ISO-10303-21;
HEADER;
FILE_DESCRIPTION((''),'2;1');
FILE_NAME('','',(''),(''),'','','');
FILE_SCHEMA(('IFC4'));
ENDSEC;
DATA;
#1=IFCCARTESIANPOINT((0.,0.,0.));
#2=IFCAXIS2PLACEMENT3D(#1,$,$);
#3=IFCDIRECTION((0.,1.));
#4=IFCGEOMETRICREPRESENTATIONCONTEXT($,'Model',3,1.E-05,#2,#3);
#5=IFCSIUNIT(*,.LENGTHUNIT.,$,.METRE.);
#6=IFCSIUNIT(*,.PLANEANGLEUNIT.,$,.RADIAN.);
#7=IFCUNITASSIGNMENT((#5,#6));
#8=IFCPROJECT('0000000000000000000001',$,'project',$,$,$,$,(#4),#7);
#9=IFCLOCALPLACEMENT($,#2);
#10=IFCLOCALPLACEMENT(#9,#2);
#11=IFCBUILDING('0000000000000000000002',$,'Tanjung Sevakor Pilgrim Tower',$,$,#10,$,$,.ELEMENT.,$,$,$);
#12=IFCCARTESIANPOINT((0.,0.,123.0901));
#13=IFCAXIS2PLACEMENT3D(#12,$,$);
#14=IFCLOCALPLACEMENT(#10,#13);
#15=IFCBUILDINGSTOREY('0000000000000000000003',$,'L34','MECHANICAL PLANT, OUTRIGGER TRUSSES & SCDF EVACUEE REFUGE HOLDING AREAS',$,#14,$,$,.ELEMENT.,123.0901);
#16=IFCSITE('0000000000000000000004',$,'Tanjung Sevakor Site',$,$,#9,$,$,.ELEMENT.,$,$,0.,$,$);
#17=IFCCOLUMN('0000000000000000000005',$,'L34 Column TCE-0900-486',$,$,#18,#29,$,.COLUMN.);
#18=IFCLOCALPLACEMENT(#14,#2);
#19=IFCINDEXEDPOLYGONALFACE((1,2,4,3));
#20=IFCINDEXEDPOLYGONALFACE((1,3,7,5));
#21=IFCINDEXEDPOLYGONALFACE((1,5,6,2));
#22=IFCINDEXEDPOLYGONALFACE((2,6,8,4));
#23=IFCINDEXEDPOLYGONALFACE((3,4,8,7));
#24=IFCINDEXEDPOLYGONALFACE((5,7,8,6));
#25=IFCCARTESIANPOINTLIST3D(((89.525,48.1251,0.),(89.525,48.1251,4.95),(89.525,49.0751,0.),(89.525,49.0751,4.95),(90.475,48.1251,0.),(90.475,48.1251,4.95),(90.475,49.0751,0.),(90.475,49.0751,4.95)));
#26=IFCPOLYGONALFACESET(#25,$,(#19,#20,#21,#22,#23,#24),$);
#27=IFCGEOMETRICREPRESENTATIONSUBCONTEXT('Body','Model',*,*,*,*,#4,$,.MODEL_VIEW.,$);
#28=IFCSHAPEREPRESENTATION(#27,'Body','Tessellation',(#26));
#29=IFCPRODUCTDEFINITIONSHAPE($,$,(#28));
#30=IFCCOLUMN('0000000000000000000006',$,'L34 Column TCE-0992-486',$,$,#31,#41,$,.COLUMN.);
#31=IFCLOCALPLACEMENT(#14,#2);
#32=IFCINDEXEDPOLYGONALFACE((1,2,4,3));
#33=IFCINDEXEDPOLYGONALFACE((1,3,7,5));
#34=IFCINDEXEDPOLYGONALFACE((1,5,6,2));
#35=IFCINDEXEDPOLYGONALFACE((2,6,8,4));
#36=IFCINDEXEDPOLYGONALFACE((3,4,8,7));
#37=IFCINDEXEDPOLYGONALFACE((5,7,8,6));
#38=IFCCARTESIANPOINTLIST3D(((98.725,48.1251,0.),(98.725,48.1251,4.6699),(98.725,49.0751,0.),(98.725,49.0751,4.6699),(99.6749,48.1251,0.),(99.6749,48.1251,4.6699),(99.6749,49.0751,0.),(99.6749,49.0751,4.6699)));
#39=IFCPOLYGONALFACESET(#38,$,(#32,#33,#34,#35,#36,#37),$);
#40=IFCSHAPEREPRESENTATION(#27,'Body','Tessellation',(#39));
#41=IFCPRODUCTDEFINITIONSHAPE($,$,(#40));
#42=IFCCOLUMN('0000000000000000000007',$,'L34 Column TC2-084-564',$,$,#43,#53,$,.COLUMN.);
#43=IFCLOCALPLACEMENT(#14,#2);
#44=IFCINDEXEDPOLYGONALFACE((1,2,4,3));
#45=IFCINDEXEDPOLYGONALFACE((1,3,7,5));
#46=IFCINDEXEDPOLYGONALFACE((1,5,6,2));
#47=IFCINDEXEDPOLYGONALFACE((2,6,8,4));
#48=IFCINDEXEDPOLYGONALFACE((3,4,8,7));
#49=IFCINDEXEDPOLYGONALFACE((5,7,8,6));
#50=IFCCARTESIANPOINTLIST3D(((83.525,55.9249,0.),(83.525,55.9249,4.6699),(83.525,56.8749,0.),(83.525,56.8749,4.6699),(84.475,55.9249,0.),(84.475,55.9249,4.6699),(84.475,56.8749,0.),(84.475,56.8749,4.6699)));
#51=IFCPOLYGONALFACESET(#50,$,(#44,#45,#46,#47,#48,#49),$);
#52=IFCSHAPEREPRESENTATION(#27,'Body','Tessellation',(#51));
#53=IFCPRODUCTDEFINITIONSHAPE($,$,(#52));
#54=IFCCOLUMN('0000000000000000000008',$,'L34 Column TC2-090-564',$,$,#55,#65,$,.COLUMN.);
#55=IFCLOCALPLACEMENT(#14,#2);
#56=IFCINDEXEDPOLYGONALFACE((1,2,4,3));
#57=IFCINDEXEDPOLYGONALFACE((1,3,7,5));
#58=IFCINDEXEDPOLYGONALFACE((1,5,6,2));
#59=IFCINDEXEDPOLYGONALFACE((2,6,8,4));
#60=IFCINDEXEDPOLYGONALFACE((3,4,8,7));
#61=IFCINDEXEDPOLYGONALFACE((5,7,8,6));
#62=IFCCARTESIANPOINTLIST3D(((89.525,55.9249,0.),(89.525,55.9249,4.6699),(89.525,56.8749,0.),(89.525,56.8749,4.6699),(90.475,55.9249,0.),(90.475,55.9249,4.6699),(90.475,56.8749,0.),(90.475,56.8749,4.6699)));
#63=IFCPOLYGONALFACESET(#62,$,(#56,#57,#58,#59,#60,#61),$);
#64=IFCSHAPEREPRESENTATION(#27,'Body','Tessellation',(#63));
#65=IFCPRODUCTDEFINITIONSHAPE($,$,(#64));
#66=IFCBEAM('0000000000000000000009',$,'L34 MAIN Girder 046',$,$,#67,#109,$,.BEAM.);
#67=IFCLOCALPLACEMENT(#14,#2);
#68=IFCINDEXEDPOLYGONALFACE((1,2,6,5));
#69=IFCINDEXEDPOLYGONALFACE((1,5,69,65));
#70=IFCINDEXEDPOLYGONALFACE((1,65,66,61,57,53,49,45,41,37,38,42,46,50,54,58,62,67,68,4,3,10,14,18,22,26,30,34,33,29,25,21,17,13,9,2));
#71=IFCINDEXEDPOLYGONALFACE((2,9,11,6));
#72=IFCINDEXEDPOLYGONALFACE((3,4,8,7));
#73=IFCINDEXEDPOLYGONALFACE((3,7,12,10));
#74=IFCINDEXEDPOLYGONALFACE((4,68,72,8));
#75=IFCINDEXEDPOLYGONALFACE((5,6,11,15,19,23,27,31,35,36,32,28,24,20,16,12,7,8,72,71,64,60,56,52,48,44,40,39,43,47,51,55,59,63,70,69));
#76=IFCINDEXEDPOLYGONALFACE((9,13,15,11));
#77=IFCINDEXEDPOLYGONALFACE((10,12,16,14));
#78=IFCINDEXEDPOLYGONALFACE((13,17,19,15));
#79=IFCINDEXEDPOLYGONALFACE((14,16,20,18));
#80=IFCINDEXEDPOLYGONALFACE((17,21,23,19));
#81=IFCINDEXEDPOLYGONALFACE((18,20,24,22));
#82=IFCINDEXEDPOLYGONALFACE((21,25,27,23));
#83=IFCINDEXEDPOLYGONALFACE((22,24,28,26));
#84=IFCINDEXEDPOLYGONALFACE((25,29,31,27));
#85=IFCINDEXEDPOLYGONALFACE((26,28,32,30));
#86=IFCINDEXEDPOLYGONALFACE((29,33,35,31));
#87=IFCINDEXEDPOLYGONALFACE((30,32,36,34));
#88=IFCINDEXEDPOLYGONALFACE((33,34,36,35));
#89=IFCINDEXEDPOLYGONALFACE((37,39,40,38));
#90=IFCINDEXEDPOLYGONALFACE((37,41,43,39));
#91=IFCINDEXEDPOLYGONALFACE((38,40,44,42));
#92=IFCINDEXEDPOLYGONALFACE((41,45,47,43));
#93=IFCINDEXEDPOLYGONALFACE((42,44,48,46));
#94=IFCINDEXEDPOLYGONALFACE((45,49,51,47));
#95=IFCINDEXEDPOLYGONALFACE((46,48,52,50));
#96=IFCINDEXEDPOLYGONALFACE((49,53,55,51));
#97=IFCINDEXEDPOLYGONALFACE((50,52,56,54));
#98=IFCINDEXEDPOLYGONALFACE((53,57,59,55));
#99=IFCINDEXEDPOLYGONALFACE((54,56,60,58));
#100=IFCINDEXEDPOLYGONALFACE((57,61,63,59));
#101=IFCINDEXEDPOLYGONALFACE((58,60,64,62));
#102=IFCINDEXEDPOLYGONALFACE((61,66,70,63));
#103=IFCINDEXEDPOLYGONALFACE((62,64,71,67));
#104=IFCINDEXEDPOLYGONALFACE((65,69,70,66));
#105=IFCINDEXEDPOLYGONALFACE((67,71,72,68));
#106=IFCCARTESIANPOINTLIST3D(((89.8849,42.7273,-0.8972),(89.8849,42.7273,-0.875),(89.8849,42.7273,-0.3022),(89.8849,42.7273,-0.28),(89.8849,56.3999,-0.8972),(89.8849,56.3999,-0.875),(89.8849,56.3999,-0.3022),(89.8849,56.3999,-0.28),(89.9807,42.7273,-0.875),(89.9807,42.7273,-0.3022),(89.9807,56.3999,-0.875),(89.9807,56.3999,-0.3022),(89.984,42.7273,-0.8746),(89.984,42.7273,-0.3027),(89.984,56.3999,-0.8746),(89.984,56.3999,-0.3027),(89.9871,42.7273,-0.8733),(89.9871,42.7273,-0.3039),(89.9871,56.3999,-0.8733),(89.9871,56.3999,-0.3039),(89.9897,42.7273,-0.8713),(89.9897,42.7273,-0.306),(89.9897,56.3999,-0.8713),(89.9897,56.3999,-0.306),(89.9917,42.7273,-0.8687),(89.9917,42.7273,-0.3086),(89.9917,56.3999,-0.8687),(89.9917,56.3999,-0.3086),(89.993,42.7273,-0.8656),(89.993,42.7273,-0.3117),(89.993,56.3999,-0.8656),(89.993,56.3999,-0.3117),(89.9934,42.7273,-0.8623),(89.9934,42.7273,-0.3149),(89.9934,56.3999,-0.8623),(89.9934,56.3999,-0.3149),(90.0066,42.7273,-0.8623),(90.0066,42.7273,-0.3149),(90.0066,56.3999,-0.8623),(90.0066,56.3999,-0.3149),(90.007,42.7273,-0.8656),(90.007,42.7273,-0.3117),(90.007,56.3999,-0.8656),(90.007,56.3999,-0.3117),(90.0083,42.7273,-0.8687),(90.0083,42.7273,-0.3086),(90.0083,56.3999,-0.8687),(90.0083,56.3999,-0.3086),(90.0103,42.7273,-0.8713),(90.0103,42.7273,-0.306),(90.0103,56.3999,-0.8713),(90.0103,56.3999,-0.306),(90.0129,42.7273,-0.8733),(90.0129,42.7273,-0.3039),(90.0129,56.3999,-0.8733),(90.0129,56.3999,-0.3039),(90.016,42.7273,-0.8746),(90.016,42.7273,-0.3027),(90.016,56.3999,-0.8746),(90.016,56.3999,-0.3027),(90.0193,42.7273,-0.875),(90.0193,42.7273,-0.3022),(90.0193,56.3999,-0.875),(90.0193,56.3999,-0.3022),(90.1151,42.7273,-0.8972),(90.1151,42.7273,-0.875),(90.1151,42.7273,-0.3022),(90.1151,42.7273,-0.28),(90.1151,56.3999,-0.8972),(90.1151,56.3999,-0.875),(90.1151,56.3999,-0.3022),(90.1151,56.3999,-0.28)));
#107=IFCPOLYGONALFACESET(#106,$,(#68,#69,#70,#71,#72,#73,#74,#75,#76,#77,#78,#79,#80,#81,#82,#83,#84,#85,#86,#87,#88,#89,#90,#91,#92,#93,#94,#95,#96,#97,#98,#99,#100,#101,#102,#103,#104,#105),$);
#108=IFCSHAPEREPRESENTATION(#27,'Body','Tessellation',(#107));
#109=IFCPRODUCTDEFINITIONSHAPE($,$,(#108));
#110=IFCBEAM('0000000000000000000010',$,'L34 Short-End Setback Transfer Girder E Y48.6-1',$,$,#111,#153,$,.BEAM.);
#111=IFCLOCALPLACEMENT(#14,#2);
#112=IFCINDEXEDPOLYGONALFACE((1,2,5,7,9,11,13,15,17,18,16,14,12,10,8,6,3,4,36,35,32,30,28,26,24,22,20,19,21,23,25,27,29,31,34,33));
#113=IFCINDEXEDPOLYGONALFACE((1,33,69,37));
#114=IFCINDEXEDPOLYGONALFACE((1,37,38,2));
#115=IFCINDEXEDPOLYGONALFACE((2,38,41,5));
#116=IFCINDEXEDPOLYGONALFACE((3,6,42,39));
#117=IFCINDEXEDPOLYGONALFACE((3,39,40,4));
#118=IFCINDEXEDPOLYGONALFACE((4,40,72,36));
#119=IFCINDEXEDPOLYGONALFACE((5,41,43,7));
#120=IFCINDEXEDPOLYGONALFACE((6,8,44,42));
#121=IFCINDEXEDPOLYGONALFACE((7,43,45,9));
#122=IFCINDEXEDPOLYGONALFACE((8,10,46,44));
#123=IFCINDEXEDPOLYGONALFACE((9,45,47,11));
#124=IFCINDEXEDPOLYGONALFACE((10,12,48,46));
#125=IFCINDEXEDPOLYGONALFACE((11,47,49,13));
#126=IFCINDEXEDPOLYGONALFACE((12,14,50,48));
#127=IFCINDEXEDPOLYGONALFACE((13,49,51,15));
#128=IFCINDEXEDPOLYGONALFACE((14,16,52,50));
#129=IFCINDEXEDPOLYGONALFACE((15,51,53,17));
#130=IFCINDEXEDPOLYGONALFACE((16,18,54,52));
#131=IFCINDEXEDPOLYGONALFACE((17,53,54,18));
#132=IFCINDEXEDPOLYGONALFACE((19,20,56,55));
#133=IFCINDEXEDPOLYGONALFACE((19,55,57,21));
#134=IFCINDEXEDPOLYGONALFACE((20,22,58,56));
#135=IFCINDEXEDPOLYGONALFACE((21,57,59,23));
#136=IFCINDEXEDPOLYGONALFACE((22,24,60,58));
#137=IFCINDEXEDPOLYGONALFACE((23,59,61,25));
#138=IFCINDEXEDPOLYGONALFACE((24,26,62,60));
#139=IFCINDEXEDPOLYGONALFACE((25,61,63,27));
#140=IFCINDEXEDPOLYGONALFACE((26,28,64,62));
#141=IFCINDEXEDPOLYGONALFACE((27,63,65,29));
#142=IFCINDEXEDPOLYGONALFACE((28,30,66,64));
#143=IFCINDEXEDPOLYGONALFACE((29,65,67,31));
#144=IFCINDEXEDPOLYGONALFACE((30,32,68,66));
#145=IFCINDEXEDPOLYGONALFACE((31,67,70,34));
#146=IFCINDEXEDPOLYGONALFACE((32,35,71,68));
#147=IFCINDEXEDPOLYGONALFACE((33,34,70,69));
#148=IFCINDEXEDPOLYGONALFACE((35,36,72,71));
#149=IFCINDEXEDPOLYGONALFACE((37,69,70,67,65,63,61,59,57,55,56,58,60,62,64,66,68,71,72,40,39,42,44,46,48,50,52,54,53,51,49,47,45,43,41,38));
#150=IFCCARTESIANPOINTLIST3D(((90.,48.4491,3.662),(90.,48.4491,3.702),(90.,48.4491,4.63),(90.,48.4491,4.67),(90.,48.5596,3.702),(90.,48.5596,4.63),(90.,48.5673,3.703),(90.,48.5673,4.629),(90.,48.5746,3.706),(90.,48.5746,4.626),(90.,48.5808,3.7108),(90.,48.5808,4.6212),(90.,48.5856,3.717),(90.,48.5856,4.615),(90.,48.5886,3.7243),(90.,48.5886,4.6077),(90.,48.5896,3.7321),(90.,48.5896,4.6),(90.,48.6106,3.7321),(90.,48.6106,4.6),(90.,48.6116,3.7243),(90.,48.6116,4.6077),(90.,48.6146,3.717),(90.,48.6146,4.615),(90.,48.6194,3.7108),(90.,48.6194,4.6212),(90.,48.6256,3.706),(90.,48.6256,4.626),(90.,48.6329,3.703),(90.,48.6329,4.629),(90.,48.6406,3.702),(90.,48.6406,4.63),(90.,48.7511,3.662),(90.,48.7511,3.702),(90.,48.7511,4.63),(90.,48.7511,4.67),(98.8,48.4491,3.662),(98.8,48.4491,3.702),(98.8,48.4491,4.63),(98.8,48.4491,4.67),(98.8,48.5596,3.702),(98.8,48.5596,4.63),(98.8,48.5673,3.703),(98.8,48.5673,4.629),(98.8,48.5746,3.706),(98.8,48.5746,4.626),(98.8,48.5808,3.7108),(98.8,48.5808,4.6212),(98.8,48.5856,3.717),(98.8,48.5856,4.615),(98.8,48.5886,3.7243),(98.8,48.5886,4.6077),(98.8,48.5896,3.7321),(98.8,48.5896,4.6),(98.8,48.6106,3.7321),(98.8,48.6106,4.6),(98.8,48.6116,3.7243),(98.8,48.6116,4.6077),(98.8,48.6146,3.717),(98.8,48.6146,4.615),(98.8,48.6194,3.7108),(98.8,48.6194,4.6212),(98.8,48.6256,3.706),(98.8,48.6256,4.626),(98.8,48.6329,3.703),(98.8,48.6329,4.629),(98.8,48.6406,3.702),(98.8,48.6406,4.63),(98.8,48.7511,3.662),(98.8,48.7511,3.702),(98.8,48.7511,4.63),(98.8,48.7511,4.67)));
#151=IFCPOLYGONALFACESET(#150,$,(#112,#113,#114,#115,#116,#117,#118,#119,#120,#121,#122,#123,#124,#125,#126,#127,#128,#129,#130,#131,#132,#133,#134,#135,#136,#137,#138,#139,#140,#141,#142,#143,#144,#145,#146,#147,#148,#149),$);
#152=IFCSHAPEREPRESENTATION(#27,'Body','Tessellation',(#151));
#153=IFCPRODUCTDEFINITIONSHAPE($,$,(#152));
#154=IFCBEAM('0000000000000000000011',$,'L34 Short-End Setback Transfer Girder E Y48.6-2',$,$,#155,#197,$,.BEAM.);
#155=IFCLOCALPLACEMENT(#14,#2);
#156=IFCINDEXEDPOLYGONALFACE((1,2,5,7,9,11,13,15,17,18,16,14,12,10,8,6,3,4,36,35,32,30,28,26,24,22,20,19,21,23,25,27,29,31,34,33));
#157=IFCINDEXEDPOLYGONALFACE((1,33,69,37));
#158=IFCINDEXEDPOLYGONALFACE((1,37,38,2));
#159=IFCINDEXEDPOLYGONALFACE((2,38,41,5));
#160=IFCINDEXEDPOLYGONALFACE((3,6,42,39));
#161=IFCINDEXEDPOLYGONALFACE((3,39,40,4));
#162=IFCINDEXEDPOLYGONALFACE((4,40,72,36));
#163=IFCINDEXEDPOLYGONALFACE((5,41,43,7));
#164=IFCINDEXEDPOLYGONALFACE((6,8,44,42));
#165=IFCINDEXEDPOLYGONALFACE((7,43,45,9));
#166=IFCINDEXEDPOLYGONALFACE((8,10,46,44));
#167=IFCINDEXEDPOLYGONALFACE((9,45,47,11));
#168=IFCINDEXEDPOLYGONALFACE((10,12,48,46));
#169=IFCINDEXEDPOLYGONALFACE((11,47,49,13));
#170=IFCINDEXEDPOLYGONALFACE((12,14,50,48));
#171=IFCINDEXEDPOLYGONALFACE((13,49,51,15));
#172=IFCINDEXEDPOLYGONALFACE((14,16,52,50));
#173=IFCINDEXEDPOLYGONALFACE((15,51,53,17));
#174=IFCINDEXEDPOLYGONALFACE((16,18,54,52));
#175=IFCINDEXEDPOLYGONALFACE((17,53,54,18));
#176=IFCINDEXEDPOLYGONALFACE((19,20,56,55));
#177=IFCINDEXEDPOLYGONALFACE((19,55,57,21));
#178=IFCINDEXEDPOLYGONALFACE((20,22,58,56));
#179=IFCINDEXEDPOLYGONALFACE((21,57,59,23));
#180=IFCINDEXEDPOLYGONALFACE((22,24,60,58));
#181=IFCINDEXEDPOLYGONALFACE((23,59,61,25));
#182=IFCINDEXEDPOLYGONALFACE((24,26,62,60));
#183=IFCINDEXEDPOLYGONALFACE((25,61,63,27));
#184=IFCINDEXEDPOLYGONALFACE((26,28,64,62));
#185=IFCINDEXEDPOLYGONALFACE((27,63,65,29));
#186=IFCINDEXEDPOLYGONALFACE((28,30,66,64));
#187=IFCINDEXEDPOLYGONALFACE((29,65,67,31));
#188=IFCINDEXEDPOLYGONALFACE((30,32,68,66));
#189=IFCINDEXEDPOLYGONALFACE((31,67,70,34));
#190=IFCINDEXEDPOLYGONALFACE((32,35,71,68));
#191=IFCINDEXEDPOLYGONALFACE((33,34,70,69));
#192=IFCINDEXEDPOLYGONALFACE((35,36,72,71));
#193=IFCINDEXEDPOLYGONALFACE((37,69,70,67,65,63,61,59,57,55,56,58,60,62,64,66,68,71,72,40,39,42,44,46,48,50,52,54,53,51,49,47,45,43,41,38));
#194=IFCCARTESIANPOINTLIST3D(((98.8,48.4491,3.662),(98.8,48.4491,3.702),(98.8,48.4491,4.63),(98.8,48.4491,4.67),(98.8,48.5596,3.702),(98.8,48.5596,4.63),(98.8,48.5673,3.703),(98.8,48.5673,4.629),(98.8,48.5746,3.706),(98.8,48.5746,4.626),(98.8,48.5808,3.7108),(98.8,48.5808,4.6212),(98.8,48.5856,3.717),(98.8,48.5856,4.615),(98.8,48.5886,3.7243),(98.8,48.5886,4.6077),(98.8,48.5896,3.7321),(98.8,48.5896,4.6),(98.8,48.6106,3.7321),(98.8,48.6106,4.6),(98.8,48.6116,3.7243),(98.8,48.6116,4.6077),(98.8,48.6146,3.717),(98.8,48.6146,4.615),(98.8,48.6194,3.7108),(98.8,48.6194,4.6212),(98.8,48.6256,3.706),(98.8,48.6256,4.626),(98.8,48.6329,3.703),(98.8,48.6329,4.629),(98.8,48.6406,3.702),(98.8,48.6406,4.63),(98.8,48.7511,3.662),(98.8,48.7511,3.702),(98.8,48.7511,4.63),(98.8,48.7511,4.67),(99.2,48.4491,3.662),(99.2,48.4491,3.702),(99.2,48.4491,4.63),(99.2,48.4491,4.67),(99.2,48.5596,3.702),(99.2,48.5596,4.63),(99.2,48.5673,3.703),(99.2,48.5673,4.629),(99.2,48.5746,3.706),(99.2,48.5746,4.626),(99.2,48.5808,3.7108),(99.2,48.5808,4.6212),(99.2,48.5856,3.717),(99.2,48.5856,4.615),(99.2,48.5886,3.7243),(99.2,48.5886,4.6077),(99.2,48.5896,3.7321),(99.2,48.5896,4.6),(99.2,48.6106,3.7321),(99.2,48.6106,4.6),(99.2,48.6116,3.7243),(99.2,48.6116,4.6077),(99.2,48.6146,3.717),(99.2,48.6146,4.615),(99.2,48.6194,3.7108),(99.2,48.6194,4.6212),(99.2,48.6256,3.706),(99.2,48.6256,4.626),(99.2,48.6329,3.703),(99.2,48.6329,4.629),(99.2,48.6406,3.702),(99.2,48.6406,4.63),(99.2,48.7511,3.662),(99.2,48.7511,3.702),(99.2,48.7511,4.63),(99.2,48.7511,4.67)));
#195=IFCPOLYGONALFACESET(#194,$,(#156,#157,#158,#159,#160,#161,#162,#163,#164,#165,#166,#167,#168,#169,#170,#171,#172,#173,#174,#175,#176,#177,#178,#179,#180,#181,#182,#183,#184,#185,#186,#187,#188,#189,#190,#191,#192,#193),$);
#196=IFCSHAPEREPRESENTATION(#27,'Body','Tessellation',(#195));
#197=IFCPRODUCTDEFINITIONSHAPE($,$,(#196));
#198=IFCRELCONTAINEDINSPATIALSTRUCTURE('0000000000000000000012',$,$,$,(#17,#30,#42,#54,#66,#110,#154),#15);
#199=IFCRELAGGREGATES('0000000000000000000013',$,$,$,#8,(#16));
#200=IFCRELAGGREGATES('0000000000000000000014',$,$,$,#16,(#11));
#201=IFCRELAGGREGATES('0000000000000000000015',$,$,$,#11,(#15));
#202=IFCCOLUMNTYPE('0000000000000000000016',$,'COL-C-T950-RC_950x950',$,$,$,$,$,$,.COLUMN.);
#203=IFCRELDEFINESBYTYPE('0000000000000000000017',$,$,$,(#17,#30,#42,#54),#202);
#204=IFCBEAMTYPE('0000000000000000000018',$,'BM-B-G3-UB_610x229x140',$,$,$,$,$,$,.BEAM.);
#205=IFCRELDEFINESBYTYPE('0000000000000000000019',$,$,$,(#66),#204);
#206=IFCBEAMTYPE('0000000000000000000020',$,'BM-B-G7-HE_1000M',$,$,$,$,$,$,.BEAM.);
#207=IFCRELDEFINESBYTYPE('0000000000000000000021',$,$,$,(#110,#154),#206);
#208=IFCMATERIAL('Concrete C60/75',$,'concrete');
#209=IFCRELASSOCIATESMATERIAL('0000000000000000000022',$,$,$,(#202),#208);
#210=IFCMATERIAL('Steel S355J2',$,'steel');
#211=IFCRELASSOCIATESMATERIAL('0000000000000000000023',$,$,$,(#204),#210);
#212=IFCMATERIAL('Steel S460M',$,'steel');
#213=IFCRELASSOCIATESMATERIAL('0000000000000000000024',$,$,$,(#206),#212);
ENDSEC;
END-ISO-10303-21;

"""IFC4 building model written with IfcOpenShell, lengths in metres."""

from ifc_helpers import new_model, si_unit, direction, frame, origin, origin_2d, place, context, subcontext, project, spatial, rectangle, i_section, extrude, material, material_profile, profile_set, type_object, element, save


model = new_model("IFC4")

# Units and contexts
model_context = context("Model", 3, precision=1e-05, world=origin(), true_north=direction((0.0, 1.0)))
body_context = subcontext(model_context, "Body", "Model", "MODEL_VIEW")
ifc_project = project(units=[si_unit("LENGTHUNIT", "METRE"), si_unit("PLANEANGLEUNIT", "RADIAN")], contexts=[model_context])

# Site, building, storey
site_placement = place(None, origin())
site = spatial("IfcSite", under=ifc_project, at=site_placement, Name="Tanjung Sevakor Site", CompositionType="ELEMENT", RefElevation=0.0)
building_placement = place(site_placement, origin())
building = spatial("IfcBuilding", under=site, at=building_placement, Name="Tanjung Sevakor Pilgrim Tower", CompositionType="ELEMENT")
storey_placement = place(building_placement, frame((0.0, 0.0, 123.0901)))
storey = spatial("IfcBuildingStorey", under=building, at=storey_placement, Name="L34", Description="MECHANICAL PLANT, OUTRIGGER TRUSSES & SCDF EVACUEE REFUGE HOLDING AREAS", CompositionType="ELEMENT", Elevation=123.0901)

# Columns
ifc_material_1 = material(Name="Concrete C60/75", Category="concrete")
ifc_material_profile_1 = material_profile(ifc_material_1, rectangle(XDim=0.95, YDim=0.95, at=origin_2d()))
ifc_profile_set_1 = profile_set([ifc_material_profile_1], Name="Concrete C60/75")
column_type = type_object("IfcColumnType", Name="COL-C-T950-RC_950x950", PredefinedType="COLUMN", material=ifc_profile_set_1)
column_placement = place(storey_placement, frame((90.0, 48.6001, 0.0), z_axis=(0.0, 0.0, 1.0), x_axis=(1.0, 0.0, 0.0)))
element("IfcColumn", 1, at=column_placement, inside=storey, type_object=column_type, Name="L34 Column TCE-0900-486", PredefinedType="COLUMN", context=body_context, shape_type="SweptSolid", body=[
    extrude(rectangle(XDim=0.95, YDim=0.95, at=origin_2d()), origin(), (0.0, 0.0, 1.0), 4.95),
])
for number, where, z_axis, x_axis, name in (
    (2, (99.2, 48.6001, 0.0), (0.0, 0.0, 1.0), (1.0, 0.0, 0.0), "L34 Column TCE-0992-486"),
    (3, (84.0, 56.3999, 0.0), (0.0, 0.0, 1.0), (1.0, 0.0, 0.0), "L34 Column TC2-084-564"),
    (4, (90.0, 56.3999, 0.0), (0.0, 0.0, 1.0), (1.0, 0.0, 0.0), "L34 Column TC2-090-564"),
):
    element("IfcColumn", number, at=place(storey_placement, frame(where, z_axis=z_axis, x_axis=x_axis)), inside=storey, type_object=column_type, Name=name, PredefinedType="COLUMN", context=body_context, shape_type="SweptSolid", body=[
        extrude(rectangle(XDim=0.95, YDim=0.95, at=origin_2d()), origin(), (0.0, 0.0, 1.0), 4.6699),
    ])

# Beams
ifc_material_2 = material(Name="Steel S355J2", Category="steel")
ifc_material_profile_2 = material_profile(ifc_material_2, i_section(OverallWidth=0.2302, OverallDepth=0.6172, WebThickness=0.0132, FlangeThickness=0.0222, FilletRadius=0.0127, at=origin_2d()))
ifc_profile_set_2 = profile_set([ifc_material_profile_2], Name="Steel S355J2")
beam_type_1 = type_object("IfcBeamType", Name="BM-B-G3-UB_610x229x140", PredefinedType="BEAM", material=ifc_profile_set_2)
beam_1_placement = place(storey_placement, frame((90.0, 42.7273, -0.5886), z_axis=(0.0, 1.0, 0.0), x_axis=(-1.0, 0.0, 0.0)))
element("IfcBeam", 5, at=beam_1_placement, inside=storey, type_object=beam_type_1, Name="L34 MAIN Girder 046", PredefinedType="BEAM", context=body_context, shape_type="SweptSolid", body=[
    extrude(i_section(OverallWidth=0.2302, OverallDepth=0.6172, WebThickness=0.0132, FlangeThickness=0.0222, FilletRadius=0.0127, at=origin_2d()), origin(), (0.0, 0.0, 1.0), 13.6726),
])
ifc_material_3 = material(Name="Steel S460M", Category="steel")
ifc_material_profile_3 = material_profile(ifc_material_3, i_section(OverallWidth=0.302, OverallDepth=1.0081, WebThickness=0.021, FlangeThickness=0.04, FilletRadius=0.03, at=origin_2d()))
ifc_profile_set_3 = profile_set([ifc_material_profile_3], Name="Steel S460M")
beam_type_2 = type_object("IfcBeamType", Name="BM-B-G7-HE_1000M", PredefinedType="BEAM", material=ifc_profile_set_3)
beam_2_placement = place(storey_placement, frame((90.0, 48.6001, 4.166), z_axis=(1.0, 0.0, 0.0), x_axis=(0.0, 1.0, 0.0)))
element("IfcBeam", 6, at=beam_2_placement, inside=storey, type_object=beam_type_2, Name="L34 Short-End Setback Transfer Girder E Y48.6-1", PredefinedType="BEAM", context=body_context, shape_type="SweptSolid", body=[
    extrude(i_section(OverallWidth=0.302, OverallDepth=1.0081, WebThickness=0.021, FlangeThickness=0.04, FilletRadius=0.03, at=origin_2d()), origin(), (0.0, 0.0, 1.0), 8.8),
])
beam_3_placement = place(storey_placement, frame((98.8, 48.6001, 4.166), z_axis=(1.0, 0.0, 0.0), x_axis=(0.0, 1.0, 0.0)))
element("IfcBeam", 7, at=beam_3_placement, inside=storey, type_object=beam_type_2, Name="L34 Short-End Setback Transfer Girder E Y48.6-2", PredefinedType="BEAM", context=body_context, shape_type="SweptSolid", body=[
    extrude(i_section(OverallWidth=0.302, OverallDepth=1.0081, WebThickness=0.021, FlangeThickness=0.04, FilletRadius=0.03, at=origin_2d()), origin(), (0.0, 0.0, 1.0), 0.3999),
])

save(model, "model.ifc")
